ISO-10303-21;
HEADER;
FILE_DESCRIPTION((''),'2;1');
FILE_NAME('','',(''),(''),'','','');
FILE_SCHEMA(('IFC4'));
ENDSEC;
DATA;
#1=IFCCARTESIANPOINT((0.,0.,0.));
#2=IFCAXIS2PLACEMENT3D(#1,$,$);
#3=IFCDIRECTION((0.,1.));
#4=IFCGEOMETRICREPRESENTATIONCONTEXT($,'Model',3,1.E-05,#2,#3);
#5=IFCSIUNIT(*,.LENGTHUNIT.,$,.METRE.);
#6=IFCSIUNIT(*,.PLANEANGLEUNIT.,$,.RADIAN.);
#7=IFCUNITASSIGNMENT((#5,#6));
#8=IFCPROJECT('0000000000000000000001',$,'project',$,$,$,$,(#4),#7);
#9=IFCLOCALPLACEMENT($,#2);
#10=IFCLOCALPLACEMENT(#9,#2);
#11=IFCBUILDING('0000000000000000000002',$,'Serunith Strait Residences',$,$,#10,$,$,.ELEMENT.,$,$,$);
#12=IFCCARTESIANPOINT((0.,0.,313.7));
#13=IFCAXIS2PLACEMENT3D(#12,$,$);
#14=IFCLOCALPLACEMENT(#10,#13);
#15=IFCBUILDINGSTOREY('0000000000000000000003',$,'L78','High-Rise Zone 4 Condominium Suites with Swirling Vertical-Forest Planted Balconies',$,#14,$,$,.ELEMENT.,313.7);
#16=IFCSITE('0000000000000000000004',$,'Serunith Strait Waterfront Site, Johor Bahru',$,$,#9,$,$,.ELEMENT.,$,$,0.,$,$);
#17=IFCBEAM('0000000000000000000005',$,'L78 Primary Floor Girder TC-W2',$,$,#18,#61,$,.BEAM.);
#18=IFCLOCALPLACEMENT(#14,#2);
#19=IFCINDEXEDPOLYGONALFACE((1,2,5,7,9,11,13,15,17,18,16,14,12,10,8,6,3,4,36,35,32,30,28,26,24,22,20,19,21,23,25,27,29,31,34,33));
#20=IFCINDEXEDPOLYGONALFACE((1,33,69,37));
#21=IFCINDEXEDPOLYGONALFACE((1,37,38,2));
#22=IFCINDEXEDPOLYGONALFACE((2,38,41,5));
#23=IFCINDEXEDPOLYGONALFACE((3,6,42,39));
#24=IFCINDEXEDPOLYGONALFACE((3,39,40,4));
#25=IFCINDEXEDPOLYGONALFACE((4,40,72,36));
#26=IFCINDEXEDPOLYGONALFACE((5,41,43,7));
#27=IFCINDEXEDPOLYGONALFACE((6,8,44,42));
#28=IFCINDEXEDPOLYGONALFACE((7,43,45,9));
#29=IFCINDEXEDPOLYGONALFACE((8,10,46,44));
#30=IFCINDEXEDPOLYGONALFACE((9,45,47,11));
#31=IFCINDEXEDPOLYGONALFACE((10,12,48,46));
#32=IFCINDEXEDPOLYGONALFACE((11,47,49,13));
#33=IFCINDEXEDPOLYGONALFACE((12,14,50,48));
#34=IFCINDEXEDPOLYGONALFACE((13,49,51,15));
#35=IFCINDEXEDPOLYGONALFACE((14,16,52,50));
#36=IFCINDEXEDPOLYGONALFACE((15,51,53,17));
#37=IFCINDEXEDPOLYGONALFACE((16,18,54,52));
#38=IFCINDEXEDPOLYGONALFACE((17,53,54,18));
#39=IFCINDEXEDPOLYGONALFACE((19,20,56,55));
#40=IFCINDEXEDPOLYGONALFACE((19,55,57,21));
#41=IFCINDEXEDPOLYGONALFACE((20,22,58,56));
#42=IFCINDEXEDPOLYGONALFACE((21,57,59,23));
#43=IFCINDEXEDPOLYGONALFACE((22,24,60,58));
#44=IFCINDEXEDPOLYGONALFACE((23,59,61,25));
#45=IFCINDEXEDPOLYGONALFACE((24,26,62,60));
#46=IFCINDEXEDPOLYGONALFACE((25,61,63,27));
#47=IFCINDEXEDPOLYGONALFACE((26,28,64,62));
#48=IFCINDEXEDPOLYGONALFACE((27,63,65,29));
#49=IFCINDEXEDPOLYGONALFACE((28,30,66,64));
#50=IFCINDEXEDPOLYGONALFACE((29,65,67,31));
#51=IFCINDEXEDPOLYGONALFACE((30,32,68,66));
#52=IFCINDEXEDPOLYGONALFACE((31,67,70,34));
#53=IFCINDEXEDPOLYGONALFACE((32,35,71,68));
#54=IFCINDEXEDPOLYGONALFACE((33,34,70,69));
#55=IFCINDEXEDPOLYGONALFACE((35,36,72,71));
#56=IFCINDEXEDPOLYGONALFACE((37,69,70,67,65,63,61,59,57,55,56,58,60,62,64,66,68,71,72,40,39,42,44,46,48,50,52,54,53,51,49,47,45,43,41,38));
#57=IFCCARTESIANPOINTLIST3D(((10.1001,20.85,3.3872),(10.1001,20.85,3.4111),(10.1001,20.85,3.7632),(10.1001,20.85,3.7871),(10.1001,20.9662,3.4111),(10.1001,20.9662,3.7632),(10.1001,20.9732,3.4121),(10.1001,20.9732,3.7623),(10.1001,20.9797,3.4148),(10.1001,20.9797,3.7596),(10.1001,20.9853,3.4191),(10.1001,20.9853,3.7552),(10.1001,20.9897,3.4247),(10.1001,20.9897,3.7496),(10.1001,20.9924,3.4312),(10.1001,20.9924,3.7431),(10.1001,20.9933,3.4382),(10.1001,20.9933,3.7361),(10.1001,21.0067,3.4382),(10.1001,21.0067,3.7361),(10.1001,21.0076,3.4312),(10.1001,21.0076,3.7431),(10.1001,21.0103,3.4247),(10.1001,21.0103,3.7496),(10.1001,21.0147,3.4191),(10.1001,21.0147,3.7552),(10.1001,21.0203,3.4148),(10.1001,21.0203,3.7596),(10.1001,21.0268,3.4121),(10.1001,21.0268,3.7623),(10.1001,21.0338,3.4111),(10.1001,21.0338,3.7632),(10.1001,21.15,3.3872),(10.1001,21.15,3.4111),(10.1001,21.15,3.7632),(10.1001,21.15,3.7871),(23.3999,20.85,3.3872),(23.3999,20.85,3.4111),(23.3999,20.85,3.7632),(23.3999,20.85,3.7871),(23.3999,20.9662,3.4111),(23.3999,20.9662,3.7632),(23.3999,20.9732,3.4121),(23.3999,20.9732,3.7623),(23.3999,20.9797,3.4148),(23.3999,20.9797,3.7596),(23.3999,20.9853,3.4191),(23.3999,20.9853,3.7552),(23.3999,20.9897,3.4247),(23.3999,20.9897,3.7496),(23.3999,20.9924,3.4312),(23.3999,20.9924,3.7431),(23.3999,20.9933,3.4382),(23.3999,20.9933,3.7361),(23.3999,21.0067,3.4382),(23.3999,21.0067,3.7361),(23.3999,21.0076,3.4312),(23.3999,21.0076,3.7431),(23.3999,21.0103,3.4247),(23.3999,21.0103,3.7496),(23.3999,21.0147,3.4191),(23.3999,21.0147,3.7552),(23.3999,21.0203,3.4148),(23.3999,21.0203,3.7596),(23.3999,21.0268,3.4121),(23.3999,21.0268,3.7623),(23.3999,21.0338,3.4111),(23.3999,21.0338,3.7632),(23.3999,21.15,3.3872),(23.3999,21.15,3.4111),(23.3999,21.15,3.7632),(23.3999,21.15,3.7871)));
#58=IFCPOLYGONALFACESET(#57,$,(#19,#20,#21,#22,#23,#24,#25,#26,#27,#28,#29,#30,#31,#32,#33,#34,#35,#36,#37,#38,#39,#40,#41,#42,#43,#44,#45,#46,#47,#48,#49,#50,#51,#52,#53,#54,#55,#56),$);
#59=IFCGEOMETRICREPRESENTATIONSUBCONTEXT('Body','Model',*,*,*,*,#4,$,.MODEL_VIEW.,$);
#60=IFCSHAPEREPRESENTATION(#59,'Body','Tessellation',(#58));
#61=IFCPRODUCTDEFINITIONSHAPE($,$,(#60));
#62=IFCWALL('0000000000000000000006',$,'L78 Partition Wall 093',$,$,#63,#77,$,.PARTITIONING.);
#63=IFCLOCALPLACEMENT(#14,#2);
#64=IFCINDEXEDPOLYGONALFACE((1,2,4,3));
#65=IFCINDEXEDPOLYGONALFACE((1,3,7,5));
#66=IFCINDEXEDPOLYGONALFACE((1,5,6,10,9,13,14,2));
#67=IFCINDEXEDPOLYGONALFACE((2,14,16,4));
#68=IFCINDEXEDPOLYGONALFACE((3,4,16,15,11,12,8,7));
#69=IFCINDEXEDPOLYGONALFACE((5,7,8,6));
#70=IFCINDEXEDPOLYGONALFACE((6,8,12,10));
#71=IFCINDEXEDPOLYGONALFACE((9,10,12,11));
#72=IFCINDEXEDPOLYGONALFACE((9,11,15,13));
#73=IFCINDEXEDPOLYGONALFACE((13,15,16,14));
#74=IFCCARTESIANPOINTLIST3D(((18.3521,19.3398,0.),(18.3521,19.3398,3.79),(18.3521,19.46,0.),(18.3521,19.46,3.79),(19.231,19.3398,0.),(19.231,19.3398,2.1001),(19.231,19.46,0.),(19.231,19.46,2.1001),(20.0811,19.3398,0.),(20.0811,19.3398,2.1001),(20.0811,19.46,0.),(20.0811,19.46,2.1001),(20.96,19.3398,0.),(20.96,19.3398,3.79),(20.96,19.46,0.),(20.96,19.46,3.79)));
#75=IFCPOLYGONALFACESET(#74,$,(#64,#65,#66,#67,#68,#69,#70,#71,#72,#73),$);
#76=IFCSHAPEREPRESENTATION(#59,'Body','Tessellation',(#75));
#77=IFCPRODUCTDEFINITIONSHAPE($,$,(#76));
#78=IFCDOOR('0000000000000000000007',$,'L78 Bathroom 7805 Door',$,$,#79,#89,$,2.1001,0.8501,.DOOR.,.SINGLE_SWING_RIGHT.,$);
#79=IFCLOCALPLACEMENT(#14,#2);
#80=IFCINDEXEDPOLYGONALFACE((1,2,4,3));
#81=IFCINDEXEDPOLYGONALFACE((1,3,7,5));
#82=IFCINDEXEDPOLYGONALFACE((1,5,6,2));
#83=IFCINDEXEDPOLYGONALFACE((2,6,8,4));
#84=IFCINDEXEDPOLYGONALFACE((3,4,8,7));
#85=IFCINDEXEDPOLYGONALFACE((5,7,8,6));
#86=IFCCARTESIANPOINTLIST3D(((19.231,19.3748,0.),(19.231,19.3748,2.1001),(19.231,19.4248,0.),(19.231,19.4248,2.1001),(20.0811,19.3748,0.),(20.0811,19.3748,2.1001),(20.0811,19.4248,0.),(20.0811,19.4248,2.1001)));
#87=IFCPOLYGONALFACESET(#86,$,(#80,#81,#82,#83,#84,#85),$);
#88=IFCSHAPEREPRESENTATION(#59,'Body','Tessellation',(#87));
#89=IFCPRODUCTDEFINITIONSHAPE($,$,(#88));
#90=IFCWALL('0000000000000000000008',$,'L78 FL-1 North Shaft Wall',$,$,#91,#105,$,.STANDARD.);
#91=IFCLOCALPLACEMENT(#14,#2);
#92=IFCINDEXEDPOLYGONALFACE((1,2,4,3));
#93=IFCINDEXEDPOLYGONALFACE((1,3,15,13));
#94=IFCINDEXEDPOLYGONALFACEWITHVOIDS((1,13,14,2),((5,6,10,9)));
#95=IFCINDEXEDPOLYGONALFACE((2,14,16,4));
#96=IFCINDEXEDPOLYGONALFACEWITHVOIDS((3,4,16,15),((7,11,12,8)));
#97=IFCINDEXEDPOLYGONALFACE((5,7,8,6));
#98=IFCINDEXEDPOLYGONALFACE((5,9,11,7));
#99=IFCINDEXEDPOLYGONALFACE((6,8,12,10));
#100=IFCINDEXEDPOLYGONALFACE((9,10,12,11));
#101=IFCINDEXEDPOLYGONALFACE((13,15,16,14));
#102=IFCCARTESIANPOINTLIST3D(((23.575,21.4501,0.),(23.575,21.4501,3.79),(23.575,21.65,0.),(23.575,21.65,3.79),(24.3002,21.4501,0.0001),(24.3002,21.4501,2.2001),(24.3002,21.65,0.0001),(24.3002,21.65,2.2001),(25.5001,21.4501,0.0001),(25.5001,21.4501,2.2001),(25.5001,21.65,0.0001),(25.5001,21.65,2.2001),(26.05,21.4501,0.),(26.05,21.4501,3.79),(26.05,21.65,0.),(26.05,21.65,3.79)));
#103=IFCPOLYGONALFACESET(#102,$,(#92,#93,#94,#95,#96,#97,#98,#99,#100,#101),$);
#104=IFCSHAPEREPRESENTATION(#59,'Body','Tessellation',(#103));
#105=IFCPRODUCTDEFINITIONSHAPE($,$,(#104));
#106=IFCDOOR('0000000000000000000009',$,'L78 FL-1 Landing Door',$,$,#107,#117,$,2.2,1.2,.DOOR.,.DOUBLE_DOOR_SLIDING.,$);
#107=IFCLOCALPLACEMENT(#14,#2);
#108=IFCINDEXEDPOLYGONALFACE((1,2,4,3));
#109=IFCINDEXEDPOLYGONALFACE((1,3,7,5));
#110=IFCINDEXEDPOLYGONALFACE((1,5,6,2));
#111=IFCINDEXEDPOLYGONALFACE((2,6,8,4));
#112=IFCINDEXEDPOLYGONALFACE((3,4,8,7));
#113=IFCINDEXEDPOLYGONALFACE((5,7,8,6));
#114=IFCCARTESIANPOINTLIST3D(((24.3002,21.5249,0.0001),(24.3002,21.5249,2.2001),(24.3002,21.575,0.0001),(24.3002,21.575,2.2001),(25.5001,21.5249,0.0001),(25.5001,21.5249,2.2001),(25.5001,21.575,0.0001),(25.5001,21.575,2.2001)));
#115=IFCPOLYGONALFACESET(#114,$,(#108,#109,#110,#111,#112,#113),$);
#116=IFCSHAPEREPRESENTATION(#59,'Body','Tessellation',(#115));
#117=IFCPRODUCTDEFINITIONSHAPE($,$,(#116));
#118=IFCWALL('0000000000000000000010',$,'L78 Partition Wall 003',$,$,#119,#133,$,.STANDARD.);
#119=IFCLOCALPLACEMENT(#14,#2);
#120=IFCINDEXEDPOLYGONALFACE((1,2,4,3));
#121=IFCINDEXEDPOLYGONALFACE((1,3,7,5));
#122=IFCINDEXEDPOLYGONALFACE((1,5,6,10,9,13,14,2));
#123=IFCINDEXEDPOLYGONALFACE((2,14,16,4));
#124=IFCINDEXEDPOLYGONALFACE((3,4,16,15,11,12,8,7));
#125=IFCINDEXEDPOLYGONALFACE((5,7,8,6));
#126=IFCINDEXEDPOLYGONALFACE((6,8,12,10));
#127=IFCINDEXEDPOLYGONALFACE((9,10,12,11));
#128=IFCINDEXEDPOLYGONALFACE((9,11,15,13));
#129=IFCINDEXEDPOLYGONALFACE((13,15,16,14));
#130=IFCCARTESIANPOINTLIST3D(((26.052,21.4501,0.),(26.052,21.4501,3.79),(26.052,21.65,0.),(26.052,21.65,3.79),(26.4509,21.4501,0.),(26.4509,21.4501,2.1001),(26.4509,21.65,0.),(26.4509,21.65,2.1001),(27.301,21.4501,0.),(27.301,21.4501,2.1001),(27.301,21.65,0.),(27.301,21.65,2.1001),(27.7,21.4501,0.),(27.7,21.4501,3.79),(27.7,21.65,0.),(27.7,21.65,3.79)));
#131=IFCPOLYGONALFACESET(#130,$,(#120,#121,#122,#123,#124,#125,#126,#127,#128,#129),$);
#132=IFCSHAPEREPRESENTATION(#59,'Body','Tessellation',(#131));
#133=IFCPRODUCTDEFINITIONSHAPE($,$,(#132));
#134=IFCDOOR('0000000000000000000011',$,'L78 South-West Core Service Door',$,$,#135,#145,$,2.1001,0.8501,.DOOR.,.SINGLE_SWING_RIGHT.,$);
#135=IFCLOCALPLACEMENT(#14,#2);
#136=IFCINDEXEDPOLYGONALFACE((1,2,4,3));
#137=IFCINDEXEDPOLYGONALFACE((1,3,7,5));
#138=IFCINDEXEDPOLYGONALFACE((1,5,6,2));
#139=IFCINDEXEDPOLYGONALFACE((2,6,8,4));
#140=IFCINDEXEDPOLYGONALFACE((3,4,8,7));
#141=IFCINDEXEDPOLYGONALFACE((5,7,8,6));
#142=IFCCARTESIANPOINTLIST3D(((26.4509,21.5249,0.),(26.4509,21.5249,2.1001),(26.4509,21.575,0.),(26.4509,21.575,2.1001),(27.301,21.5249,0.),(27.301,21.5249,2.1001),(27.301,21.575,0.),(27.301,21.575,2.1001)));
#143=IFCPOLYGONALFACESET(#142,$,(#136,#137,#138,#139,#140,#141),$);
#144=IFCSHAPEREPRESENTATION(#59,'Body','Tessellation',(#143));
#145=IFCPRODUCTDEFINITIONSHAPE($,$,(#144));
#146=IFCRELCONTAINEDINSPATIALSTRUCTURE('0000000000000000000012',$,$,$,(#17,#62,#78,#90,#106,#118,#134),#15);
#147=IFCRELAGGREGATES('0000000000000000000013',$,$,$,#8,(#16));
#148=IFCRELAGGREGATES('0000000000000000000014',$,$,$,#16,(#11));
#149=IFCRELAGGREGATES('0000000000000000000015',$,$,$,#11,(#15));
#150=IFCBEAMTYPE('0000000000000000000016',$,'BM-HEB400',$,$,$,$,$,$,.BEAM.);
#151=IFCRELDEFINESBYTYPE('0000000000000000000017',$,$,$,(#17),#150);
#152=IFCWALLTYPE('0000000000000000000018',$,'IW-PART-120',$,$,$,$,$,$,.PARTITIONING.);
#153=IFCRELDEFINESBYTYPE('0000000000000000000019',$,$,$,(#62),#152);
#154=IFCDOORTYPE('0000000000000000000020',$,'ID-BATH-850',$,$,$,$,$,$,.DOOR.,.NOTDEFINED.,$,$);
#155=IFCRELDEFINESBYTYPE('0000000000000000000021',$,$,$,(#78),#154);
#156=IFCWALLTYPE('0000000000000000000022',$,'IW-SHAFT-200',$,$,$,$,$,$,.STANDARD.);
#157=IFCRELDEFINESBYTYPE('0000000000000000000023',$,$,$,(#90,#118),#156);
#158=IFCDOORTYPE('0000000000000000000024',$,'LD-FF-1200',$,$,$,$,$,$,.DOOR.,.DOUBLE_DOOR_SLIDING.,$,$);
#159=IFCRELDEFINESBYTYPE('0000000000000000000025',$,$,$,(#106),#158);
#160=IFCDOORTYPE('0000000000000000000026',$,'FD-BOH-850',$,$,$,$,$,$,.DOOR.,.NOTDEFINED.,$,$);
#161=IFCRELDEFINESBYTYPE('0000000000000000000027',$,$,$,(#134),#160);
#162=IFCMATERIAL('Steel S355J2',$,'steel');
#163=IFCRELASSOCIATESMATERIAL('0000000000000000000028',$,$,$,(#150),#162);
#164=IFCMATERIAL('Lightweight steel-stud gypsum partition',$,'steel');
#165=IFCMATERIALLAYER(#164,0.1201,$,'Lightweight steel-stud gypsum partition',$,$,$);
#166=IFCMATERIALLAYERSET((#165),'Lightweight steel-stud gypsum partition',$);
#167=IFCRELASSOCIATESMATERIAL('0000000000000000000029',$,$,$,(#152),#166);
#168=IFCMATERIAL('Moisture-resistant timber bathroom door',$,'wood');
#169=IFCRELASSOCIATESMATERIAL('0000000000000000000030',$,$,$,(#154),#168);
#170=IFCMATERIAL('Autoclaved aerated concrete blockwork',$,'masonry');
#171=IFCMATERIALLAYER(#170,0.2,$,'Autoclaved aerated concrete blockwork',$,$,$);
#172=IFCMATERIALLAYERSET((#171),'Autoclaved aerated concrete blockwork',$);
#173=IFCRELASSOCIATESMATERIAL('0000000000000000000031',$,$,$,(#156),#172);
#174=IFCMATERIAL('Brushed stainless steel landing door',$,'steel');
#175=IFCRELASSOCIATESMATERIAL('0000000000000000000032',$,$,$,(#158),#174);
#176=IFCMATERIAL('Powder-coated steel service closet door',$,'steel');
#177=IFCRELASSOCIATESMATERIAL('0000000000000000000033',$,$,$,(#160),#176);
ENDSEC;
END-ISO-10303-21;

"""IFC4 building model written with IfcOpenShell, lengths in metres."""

from ifc_helpers import new_model, si_unit, direction, frame, frame_2d, origin, origin_2d, place, context, subcontext, project, spatial, rectangle, i_section, extrude, source, transform, mapped, material, layer, layer_set, material_profile, profile_set, type_object, element, fill, save


model = new_model("IFC4")

# Units and contexts
model_context = context("Model", 3, precision=1e-05, world=origin(), true_north=direction((0.0, 1.0)))
body_context = subcontext(model_context, "Body", "Model", "MODEL_VIEW")
ifc_project = project(units=[si_unit("LENGTHUNIT", "METRE"), si_unit("PLANEANGLEUNIT", "RADIAN")], contexts=[model_context])

# Site, building, storey
site_placement = place(None, origin())
site = spatial("IfcSite", under=ifc_project, at=site_placement, Name="Serunith Strait Waterfront Site, Johor Bahru", CompositionType="ELEMENT", RefElevation=0.0)
building_placement = place(site_placement, origin())
building = spatial("IfcBuilding", under=site, at=building_placement, Name="Serunith Strait Residences", CompositionType="ELEMENT")
storey_placement = place(building_placement, frame((0.0, 0.0, 313.7)))
storey = spatial("IfcBuildingStorey", under=building, at=storey_placement, Name="L78", Description="High-Rise Zone 4 Condominium Suites with Swirling Vertical-Forest Planted Balconies", CompositionType="ELEMENT", Elevation=313.7)

# Beam
ifc_material_1 = material(Name="Steel S355J2", Category="steel")
ifc_material_profile = material_profile(ifc_material_1, i_section(OverallWidth=0.3, OverallDepth=0.3999, WebThickness=0.0134, FlangeThickness=0.0239, FilletRadius=0.0271, at=origin_2d()), Name="HEB 400")
ifc_profile_set = profile_set([ifc_material_profile], Name="Steel S355J2")
beam_type = type_object("IfcBeamType", Name="BM-HEB400", PredefinedType="BEAM", material=ifc_profile_set)
shared_shape_1 = source(origin(), body_context, "Body", "SweptSolid", [
    extrude(i_section(OverallWidth=0.3, OverallDepth=0.3999, WebThickness=0.0134, FlangeThickness=0.0239, FilletRadius=0.0271, at=origin_2d()), origin(), (0.0, 0.0, 1.0), 13.2998),
])
beam_placement = place(storey_placement, frame((23.3999, 21.0, 3.5872), z_axis=(-1.0, 0.0, 0.0), x_axis=(0.0, -1.0, 0.0)))
element("IfcBeam", 1, at=beam_placement, inside=storey, type_object=beam_type, Name="L78 Primary Floor Girder TC-W2", PredefinedType="BEAM", context=body_context, shape_type="MappedRepresentation", body=[
    mapped(shared_shape_1, transform((0.0, 0.0, 0.0), scale=1.0)),
])

# Walls, openings, doors
ifc_material_2 = material(Name="Lightweight steel-stud gypsum partition", Category="steel")
ifc_layer_1 = layer(ifc_material_2, 0.1201, Name="Lightweight steel-stud gypsum partition")
ifc_layer_set_1 = layer_set([ifc_layer_1], Name="Lightweight steel-stud gypsum partition")
wall_type_1 = type_object("IfcWallType", Name="IW-PART-120", PredefinedType="PARTITIONING", material=ifc_layer_set_1)
wall_1_placement = place(storey_placement, frame((18.3521, 19.3999, 0.0), z_axis=(0.0, 0.0, 1.0), x_axis=(1.0, 0.0, 0.0)))
wall_1 = element("IfcWall", 2, at=wall_1_placement, inside=storey, type_object=wall_type_1, Name="L78 Partition Wall 093", PredefinedType="PARTITIONING", context=body_context, shape_type="SweptSolid", body=[
    extrude(rectangle(XDim=2.6079, YDim=0.1201, at=frame_2d((1.304, 0.0))), origin(), (0.0, 0.0, 1.0), 3.79),
])
opening_1_placement = place(wall_1_placement, frame((0.8789, 0.0, 0.0)))
opening_1 = element("IfcOpeningElement", 3, at=opening_1_placement, cuts=wall_1, PredefinedType="OPENING", context=body_context, shape_type="SweptSolid", body=[
    extrude(rectangle(XDim=0.8501, YDim=2.1001, at=frame_2d((0.425, 1.05))), frame((0.0, 0.0701, 0.0), z_axis=(0.0, -1.0, 0.0), x_axis=(1.0, 0.0, 0.0)), (0.0, 0.0, 1.0), 0.1401),
])
ifc_material_3 = material(Name="Moisture-resistant timber bathroom door", Category="wood")
door_type_1 = type_object("IfcDoorType", Name="ID-BATH-850", OperationType="NOTDEFINED", PredefinedType="DOOR", material=ifc_material_3)
shared_shape_2 = source(origin(), body_context, "Body", "SweptSolid", [
    extrude(rectangle(XDim=0.8501, YDim=2.1001, at=frame_2d((0.425, 1.05))), frame((0.0, 0.0249, 0.0), z_axis=(0.0, -1.0, 0.0), x_axis=(1.0, 0.0, 0.0)), (0.0, 0.0, 1.0), 0.05),
])
door_1_placement = place(opening_1_placement, origin())
door_1 = element("IfcDoor", 4, at=door_1_placement, inside=storey, type_object=door_type_1, Name="L78 Bathroom 7805 Door", OperationType="SINGLE_SWING_RIGHT", OverallHeight=2.1001, OverallWidth=0.8501, PredefinedType="DOOR", context=body_context, shape_type="MappedRepresentation", body=[
    mapped(shared_shape_2, transform((0.0, 0.0, 0.0), scale=1.0)),
])
fill(opening_1, door_1)
ifc_material_4 = material(Name="Autoclaved aerated concrete blockwork", Category="masonry")
ifc_layer_2 = layer(ifc_material_4, 0.2, Name="Autoclaved aerated concrete blockwork")
ifc_layer_set_2 = layer_set([ifc_layer_2], Name="Autoclaved aerated concrete blockwork")
wall_type_2 = type_object("IfcWallType", Name="IW-SHAFT-200", PredefinedType="STANDARD", material=ifc_layer_set_2)
wall_2_placement = place(storey_placement, frame((23.575, 21.55, 0.0), z_axis=(0.0, 0.0, 1.0), x_axis=(1.0, 0.0, 0.0)))
wall_2 = element("IfcWall", 5, at=wall_2_placement, inside=storey, type_object=wall_type_2, Name="L78 FL-1 North Shaft Wall", PredefinedType="STANDARD", context=body_context, shape_type="SweptSolid", body=[
    extrude(rectangle(XDim=2.4751, YDim=0.2, at=frame_2d((1.2375, 0.0))), origin(), (0.0, 0.0, 1.0), 3.79),
])
opening_2_placement = place(wall_2_placement, frame((0.7251, 0.0, 0.0)))
opening_2 = element("IfcOpeningElement", 6, at=opening_2_placement, cuts=wall_2, PredefinedType="OPENING", context=body_context, shape_type="SweptSolid", body=[
    extrude(rectangle(XDim=1.2, YDim=2.2, at=frame_2d((0.6001, 1.1001))), frame((0.0, 0.1099, 0.0), z_axis=(0.0, -1.0, 0.0), x_axis=(1.0, 0.0, 0.0)), (0.0, 0.0, 1.0), 0.22),
])
ifc_material_5 = material(Name="Brushed stainless steel landing door", Category="steel")
door_type_2 = type_object("IfcDoorType", Name="LD-FF-1200", OperationType="DOUBLE_DOOR_SLIDING", PredefinedType="DOOR", material=ifc_material_5)
shared_shape_3 = source(origin(), body_context, "Body", "SweptSolid", [
    extrude(rectangle(XDim=1.2, YDim=2.2, at=frame_2d((0.6001, 1.1001))), frame((0.0, 0.0249, 0.0), z_axis=(0.0, -1.0, 0.0), x_axis=(1.0, 0.0, 0.0)), (0.0, 0.0, 1.0), 0.05),
])
door_2_placement = place(opening_2_placement, origin())
door_2 = element("IfcDoor", 7, at=door_2_placement, inside=storey, type_object=door_type_2, Name="L78 FL-1 Landing Door", OperationType="DOUBLE_DOOR_SLIDING", OverallHeight=2.2, OverallWidth=1.2, PredefinedType="DOOR", context=body_context, shape_type="MappedRepresentation", body=[
    mapped(shared_shape_3, transform((0.0, 0.0, 0.0), scale=1.0)),
])
fill(opening_2, door_2)
wall_3_placement = place(storey_placement, frame((26.052, 21.55, 0.0), z_axis=(0.0, 0.0, 1.0), x_axis=(1.0, 0.0, 0.0)))
wall_3 = element("IfcWall", 8, at=wall_3_placement, inside=storey, type_object=wall_type_2, Name="L78 Partition Wall 003", PredefinedType="STANDARD", context=body_context, shape_type="SweptSolid", body=[
    extrude(rectangle(XDim=1.6479, YDim=0.2, at=frame_2d((0.824, 0.0))), origin(), (0.0, 0.0, 1.0), 3.79),
])
opening_3_placement = place(wall_3_placement, frame((0.3989, 0.0, 0.0)))
opening_3 = element("IfcOpeningElement", 9, at=opening_3_placement, cuts=wall_3, PredefinedType="OPENING", context=body_context, shape_type="SweptSolid", body=[
    extrude(rectangle(XDim=0.8501, YDim=2.1001, at=frame_2d((0.425, 1.05))), frame((0.0, 0.1099, 0.0), z_axis=(0.0, -1.0, 0.0), x_axis=(1.0, 0.0, 0.0)), (0.0, 0.0, 1.0), 0.22),
])
ifc_material_6 = material(Name="Powder-coated steel service closet door", Category="steel")
door_type_3 = type_object("IfcDoorType", Name="FD-BOH-850", OperationType="NOTDEFINED", PredefinedType="DOOR", material=ifc_material_6)
door_3_placement = place(opening_3_placement, origin())
door_3 = element("IfcDoor", 10, at=door_3_placement, inside=storey, type_object=door_type_3, Name="L78 South-West Core Service Door", OperationType="SINGLE_SWING_RIGHT", OverallHeight=2.1001, OverallWidth=0.8501, PredefinedType="DOOR", context=body_context, shape_type="MappedRepresentation", body=[
    mapped(shared_shape_2, transform((0.0, 0.0, 0.0), scale=1.0)),
])
fill(opening_3, door_3)

save(model, "model.ifc")
